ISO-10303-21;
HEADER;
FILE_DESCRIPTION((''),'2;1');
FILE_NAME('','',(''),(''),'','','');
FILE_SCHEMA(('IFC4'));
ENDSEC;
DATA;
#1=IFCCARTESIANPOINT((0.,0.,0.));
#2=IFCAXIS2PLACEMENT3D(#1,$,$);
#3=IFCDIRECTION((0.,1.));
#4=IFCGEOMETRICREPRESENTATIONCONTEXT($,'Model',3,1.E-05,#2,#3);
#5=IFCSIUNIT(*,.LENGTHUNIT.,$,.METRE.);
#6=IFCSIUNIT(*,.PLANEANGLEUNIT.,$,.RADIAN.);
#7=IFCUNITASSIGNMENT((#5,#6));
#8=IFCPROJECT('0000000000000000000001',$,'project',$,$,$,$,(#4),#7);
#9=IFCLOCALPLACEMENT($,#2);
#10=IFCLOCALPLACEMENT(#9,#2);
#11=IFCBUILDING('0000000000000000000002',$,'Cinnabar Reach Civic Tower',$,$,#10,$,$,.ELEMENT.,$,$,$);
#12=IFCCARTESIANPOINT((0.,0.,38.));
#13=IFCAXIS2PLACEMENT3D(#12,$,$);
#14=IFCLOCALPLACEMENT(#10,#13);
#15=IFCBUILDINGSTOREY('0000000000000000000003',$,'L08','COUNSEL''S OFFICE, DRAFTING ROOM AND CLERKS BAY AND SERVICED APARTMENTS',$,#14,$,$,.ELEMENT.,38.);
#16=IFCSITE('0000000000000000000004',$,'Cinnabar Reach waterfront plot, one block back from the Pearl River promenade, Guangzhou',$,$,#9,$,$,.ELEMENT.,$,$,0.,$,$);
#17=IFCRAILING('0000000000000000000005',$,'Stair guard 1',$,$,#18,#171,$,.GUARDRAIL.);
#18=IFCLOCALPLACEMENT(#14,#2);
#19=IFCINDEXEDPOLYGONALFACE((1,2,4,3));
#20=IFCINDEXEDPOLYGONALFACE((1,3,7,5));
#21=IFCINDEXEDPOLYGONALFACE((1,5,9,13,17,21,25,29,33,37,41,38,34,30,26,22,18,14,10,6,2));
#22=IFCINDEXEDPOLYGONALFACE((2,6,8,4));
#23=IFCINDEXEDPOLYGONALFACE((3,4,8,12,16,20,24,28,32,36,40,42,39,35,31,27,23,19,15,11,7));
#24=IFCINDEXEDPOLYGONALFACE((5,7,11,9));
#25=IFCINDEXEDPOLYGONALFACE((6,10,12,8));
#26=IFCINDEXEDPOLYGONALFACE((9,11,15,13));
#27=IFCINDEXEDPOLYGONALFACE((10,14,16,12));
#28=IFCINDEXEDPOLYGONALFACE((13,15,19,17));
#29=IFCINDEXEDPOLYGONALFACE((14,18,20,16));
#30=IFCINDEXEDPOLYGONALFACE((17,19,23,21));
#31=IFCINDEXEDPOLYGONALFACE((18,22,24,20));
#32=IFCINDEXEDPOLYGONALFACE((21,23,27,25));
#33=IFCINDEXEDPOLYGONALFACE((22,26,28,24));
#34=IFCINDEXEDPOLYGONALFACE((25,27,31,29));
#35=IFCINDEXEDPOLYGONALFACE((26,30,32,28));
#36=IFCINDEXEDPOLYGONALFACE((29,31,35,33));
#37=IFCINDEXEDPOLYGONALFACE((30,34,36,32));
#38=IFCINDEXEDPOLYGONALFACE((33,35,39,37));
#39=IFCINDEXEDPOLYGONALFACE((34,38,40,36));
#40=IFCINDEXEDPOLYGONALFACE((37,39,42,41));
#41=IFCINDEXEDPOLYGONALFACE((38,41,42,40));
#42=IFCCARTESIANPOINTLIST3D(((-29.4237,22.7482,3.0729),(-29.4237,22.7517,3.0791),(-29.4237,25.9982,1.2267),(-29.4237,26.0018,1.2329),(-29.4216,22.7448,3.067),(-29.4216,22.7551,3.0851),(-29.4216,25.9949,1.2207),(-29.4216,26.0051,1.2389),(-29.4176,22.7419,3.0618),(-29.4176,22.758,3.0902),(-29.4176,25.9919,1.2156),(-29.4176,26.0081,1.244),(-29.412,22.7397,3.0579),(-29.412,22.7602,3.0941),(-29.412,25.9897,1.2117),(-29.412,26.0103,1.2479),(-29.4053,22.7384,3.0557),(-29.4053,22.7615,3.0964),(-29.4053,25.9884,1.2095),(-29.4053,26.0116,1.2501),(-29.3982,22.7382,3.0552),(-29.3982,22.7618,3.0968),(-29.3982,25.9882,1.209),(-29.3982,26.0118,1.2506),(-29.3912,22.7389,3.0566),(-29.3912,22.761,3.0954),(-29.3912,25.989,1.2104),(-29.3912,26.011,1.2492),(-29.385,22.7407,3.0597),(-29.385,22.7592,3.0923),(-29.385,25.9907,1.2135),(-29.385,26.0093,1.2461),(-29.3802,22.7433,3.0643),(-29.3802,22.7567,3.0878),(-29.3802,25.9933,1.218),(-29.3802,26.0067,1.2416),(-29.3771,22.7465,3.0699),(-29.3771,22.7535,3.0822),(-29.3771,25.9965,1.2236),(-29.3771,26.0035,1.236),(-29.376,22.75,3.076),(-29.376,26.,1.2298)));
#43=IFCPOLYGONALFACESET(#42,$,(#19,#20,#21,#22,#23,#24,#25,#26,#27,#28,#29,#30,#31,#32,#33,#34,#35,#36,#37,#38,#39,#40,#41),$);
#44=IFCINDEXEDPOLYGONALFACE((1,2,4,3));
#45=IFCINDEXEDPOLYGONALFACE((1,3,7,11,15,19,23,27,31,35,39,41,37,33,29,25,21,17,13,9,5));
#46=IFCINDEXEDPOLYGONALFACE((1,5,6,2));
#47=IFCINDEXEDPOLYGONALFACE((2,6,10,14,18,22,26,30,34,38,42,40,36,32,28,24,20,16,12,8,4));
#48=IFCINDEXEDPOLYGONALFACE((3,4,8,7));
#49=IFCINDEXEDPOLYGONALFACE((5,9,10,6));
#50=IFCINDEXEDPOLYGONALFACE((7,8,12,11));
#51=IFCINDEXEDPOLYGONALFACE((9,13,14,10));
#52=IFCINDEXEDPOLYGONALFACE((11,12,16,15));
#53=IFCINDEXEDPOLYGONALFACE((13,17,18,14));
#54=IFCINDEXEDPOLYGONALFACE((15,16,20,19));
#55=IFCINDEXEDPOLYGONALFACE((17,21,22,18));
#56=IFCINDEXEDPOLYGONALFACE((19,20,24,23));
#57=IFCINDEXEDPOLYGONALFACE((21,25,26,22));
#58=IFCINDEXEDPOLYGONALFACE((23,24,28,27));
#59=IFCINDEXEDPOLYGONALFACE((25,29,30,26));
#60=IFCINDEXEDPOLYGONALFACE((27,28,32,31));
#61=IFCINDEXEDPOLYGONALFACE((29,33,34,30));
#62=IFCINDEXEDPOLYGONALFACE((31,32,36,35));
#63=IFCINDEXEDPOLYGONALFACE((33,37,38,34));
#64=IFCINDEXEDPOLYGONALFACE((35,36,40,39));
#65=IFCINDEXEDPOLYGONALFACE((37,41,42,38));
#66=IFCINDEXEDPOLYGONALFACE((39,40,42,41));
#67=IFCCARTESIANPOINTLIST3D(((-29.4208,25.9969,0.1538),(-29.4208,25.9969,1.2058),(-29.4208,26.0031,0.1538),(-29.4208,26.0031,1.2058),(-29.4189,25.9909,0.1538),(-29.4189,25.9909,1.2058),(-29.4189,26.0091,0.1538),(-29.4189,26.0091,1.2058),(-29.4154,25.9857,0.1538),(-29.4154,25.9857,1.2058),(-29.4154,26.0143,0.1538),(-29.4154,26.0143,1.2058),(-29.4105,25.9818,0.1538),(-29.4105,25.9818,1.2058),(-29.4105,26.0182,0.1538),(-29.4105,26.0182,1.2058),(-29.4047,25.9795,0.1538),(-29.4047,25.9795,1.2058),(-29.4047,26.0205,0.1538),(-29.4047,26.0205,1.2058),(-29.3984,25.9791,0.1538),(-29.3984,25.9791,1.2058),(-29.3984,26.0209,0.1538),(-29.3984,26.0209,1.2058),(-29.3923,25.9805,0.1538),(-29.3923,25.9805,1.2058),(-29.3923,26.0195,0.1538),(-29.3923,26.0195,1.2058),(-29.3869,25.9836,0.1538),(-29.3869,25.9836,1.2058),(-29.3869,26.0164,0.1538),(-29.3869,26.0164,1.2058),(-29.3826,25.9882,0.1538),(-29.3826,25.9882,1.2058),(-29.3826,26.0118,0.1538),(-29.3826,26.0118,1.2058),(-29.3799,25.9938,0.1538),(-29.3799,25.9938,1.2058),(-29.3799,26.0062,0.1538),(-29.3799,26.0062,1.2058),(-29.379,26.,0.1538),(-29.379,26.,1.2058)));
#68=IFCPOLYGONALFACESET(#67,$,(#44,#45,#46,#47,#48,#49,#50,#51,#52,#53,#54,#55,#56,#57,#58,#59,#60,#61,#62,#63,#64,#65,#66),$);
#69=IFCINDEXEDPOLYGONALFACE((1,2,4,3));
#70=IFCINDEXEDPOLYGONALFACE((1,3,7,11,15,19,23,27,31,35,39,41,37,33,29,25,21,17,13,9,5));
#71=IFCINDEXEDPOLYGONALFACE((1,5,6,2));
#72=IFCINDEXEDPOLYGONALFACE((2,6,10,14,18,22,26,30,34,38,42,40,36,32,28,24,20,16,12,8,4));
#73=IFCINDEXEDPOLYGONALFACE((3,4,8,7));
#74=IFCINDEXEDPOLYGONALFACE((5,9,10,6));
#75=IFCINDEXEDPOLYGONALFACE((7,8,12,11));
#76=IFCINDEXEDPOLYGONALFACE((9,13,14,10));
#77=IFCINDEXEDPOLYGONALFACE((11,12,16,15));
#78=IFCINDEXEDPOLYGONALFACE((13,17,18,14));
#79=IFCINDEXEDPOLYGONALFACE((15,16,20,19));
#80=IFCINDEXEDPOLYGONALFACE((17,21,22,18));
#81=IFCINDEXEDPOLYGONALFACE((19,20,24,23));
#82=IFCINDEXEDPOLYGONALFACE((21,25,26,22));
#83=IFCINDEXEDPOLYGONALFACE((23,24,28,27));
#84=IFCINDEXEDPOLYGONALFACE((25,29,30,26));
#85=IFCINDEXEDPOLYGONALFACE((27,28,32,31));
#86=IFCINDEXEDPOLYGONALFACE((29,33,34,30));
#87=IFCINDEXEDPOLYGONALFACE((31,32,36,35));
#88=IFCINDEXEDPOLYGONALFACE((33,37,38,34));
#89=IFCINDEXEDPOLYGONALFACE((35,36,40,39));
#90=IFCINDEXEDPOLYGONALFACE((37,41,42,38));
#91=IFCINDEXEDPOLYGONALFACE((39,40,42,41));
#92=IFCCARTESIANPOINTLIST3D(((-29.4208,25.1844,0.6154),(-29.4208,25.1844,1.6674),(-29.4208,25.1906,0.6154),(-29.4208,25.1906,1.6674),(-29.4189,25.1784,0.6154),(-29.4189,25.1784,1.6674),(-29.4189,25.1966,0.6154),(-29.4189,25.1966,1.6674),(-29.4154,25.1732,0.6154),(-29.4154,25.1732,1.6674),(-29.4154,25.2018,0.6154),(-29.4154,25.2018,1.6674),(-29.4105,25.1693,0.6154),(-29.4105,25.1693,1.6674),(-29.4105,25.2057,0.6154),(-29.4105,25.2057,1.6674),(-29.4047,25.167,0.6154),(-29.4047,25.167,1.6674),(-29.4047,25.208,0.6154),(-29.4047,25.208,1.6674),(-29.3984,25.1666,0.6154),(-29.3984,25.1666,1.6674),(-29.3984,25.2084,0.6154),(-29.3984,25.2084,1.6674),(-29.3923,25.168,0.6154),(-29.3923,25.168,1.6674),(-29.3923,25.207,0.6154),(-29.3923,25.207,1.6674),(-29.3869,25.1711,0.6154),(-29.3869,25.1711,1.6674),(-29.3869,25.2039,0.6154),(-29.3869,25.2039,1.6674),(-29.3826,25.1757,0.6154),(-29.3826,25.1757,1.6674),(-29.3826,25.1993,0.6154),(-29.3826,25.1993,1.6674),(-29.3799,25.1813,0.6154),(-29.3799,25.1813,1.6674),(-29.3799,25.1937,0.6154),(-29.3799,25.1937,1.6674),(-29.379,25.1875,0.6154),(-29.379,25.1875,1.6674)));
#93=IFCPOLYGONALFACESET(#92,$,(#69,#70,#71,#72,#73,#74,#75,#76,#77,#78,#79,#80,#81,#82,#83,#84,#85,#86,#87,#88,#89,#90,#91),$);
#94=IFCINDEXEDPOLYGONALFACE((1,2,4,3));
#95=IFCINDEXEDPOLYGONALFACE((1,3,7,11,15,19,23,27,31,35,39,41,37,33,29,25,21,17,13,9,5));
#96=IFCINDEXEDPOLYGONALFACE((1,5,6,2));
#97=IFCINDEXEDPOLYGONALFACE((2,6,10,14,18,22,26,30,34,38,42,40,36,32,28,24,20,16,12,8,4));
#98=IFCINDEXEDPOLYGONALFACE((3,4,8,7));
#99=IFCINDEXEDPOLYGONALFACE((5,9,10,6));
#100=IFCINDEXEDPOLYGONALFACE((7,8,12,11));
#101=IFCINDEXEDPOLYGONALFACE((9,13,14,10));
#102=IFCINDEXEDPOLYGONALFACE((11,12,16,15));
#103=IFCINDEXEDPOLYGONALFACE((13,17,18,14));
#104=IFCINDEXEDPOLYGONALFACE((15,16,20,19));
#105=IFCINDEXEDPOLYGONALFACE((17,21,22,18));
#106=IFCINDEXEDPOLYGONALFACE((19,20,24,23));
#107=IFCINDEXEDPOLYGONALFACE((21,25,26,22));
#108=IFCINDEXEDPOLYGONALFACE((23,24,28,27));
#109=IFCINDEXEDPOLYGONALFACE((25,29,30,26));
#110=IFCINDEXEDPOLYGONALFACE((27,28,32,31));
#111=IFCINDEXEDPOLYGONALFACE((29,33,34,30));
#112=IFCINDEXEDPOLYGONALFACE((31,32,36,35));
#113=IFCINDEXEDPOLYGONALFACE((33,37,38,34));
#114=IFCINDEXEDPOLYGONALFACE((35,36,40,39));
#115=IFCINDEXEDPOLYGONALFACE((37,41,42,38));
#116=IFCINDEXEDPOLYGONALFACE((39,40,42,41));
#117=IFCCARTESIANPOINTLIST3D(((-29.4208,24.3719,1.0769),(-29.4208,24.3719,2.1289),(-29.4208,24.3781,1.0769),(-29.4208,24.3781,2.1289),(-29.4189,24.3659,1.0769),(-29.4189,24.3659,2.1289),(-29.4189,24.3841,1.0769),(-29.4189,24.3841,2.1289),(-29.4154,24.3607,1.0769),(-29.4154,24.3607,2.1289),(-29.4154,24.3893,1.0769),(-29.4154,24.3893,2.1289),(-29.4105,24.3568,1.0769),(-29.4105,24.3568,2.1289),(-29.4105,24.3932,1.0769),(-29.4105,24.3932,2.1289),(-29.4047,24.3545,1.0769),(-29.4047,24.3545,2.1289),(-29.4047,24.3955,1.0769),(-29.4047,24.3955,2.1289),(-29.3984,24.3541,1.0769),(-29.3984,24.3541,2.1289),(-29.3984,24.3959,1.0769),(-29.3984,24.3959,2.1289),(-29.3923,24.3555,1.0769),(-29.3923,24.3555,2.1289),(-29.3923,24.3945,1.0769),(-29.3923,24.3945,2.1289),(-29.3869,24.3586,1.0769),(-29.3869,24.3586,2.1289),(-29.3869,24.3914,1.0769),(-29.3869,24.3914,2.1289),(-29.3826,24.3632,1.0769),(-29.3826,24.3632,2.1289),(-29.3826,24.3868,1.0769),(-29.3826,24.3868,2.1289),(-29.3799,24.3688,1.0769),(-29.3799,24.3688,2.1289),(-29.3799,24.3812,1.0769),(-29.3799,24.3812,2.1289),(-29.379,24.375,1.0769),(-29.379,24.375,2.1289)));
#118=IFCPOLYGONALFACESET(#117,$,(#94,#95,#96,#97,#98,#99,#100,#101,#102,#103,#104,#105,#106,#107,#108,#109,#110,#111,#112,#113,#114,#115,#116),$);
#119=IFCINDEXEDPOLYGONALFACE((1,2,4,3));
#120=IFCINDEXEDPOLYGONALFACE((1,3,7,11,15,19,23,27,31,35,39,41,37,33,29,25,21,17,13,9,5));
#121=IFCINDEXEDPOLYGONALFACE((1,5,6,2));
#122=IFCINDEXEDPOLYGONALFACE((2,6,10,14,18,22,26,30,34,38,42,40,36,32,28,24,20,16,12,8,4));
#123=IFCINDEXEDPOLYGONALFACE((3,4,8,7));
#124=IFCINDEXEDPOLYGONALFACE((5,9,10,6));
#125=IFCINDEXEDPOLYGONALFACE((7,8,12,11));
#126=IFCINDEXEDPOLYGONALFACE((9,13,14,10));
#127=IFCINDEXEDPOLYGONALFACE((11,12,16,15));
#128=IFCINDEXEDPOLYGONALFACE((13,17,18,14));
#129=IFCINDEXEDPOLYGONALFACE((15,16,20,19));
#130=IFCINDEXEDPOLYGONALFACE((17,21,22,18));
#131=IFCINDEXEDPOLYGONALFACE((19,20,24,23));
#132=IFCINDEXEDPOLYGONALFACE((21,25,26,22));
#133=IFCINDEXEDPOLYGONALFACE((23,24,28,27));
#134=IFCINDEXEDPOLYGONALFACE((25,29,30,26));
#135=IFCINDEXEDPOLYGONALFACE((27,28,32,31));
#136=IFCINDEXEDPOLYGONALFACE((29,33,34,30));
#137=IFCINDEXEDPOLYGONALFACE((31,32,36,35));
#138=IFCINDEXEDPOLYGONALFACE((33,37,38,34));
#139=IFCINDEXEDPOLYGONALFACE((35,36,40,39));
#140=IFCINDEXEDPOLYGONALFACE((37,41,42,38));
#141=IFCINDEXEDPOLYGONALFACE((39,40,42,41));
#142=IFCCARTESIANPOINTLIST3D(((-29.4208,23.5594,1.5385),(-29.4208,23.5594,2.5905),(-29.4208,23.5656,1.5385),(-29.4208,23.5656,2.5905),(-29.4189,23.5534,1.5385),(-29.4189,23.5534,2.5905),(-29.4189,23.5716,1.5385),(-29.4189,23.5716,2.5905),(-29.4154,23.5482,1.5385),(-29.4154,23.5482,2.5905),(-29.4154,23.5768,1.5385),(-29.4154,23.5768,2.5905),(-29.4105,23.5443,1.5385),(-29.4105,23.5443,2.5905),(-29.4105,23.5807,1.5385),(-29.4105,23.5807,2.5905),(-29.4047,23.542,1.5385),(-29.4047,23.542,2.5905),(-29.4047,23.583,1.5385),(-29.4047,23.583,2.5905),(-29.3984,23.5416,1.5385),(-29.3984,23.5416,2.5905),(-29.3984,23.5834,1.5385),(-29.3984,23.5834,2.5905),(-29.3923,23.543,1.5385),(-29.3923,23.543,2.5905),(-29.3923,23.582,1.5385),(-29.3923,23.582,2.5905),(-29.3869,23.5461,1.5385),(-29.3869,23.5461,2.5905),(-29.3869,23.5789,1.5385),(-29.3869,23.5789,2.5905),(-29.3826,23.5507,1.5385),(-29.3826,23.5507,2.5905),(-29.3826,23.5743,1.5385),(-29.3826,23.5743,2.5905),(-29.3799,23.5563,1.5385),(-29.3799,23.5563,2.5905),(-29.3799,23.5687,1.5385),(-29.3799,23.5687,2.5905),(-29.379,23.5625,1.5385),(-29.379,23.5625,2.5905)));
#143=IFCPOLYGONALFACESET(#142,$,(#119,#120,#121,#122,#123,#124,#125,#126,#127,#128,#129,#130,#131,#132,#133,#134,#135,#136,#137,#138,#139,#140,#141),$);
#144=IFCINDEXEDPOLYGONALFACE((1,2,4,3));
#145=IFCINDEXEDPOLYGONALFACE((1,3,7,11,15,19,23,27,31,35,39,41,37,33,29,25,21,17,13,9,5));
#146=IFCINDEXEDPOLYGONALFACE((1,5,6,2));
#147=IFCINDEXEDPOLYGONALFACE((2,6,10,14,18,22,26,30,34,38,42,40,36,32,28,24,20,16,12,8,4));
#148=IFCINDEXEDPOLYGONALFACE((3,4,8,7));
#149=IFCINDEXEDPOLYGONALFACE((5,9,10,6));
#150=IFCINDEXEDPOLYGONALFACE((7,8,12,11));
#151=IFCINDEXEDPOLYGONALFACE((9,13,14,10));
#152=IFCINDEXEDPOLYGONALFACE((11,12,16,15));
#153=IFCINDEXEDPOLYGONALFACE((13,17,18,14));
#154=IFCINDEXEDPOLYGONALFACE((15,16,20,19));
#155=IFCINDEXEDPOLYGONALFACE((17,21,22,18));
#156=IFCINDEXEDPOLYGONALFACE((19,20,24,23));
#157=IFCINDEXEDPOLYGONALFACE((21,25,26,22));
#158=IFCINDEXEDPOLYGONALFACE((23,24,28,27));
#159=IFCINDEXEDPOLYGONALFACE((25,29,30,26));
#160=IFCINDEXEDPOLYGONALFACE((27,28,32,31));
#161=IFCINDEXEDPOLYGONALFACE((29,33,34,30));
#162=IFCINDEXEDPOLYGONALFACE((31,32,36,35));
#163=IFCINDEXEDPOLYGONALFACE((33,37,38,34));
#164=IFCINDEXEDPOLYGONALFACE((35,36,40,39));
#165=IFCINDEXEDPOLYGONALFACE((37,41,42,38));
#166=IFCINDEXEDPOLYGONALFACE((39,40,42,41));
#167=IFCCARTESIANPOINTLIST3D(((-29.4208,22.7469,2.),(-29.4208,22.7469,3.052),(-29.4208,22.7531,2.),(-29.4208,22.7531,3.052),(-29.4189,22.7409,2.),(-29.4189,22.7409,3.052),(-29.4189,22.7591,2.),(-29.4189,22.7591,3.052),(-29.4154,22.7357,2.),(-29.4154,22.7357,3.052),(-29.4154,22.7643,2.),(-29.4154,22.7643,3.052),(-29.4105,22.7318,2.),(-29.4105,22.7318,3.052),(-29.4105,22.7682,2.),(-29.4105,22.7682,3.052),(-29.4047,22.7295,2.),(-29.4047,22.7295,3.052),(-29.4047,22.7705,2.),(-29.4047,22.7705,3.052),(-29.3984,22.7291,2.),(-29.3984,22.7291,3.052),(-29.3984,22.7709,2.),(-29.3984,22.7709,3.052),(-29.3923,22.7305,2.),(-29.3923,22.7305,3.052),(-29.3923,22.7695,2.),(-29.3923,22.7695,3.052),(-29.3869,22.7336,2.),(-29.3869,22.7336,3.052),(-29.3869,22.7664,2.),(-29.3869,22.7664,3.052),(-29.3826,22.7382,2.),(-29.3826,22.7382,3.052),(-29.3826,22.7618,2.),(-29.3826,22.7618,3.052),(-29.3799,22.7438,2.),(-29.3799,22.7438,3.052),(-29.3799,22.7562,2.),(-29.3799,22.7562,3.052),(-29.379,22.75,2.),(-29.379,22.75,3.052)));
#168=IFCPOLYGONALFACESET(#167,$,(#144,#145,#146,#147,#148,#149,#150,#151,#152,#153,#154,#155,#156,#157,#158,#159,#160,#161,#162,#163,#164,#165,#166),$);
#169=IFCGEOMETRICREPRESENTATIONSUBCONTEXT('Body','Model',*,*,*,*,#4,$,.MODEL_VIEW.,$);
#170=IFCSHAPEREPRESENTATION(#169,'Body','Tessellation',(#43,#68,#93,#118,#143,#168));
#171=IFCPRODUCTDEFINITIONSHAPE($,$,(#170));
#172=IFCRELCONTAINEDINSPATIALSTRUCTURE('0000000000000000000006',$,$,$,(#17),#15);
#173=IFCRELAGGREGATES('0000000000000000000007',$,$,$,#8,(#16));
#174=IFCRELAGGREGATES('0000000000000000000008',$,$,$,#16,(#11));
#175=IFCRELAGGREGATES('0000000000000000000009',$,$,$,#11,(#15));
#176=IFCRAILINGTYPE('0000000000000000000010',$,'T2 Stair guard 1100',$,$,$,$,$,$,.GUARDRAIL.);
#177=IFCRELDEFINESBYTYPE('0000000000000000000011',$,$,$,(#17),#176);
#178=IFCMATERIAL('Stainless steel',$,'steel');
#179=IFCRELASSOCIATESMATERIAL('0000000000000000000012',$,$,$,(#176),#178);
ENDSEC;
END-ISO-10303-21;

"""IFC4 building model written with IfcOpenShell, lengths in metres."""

from ifc_helpers import new_model, si_unit, direction, frame, origin, origin_2d, place, context, subcontext, project, spatial, circle, extrude, material, type_object, element, save


model = new_model("IFC4")

# Units and contexts
model_context = context("Model", 3, precision=1e-05, world=origin(), true_north=direction((0.0, 1.0)))
body_context = subcontext(model_context, "Body", "Model", "MODEL_VIEW")
ifc_project = project(units=[si_unit("LENGTHUNIT", "METRE"), si_unit("PLANEANGLEUNIT", "RADIAN")], contexts=[model_context])

# Site, building, storey
site_placement = place(None, origin())
site = spatial("IfcSite", under=ifc_project, at=site_placement, Name="Cinnabar Reach waterfront plot, one block back from the Pearl River promenade, Guangzhou", CompositionType="ELEMENT", RefElevation=0.0)
building_placement = place(site_placement, origin())
building = spatial("IfcBuilding", under=site, at=building_placement, Name="Cinnabar Reach Civic Tower", CompositionType="ELEMENT")
storey_placement = place(building_placement, frame((0.0, 0.0, 38.0)))
storey = spatial("IfcBuildingStorey", under=building, at=storey_placement, Name="L08", Description="COUNSEL'S OFFICE, DRAFTING ROOM AND CLERKS BAY AND SERVICED APARTMENTS", CompositionType="ELEMENT", Elevation=38.0)

# Railing
ifc_material_1 = material(Name="Stainless steel", Category="steel")
railing_type = type_object("IfcRailingType", Name="T2 Stair guard 1100", PredefinedType="GUARDRAIL", material=ifc_material_1)
railing_placement = place(storey_placement, frame((-29.4, 26.0, 0.1538)))
element("IfcRailing", 1, at=railing_placement, inside=storey, type_object=railing_type, Name="Stair guard 1", PredefinedType="GUARDRAIL", context=body_context, shape_type="SweptSolid", body=[
    extrude(circle(Radius=0.024, at=origin_2d()), frame((0.0, 0.0, 1.076), z_axis=(0.0, -0.869501, 0.49393), x_axis=(1.0, 0.0, 0.0)), (0.0, 0.0, 1.0), 3.7378),
    extrude(circle(Radius=0.021, at=origin_2d()), origin(), (0.0, 0.0, 1.0), 1.052),
    extrude(circle(Radius=0.021, at=origin_2d()), frame((0.0, -0.8125, 0.4616)), (0.0, 0.0, 1.0), 1.052),
    extrude(circle(Radius=0.021, at=origin_2d()), frame((0.0, -1.625, 0.9231)), (0.0, 0.0, 1.0), 1.052),
    extrude(circle(Radius=0.021, at=origin_2d()), frame((0.0, -2.4375, 1.3847)), (0.0, 0.0, 1.0), 1.052),
    extrude(circle(Radius=0.021, at=origin_2d()), frame((0.0, -3.25, 1.8462)), (0.0, 0.0, 1.0), 1.052),
])

save(model, "model.ifc")
